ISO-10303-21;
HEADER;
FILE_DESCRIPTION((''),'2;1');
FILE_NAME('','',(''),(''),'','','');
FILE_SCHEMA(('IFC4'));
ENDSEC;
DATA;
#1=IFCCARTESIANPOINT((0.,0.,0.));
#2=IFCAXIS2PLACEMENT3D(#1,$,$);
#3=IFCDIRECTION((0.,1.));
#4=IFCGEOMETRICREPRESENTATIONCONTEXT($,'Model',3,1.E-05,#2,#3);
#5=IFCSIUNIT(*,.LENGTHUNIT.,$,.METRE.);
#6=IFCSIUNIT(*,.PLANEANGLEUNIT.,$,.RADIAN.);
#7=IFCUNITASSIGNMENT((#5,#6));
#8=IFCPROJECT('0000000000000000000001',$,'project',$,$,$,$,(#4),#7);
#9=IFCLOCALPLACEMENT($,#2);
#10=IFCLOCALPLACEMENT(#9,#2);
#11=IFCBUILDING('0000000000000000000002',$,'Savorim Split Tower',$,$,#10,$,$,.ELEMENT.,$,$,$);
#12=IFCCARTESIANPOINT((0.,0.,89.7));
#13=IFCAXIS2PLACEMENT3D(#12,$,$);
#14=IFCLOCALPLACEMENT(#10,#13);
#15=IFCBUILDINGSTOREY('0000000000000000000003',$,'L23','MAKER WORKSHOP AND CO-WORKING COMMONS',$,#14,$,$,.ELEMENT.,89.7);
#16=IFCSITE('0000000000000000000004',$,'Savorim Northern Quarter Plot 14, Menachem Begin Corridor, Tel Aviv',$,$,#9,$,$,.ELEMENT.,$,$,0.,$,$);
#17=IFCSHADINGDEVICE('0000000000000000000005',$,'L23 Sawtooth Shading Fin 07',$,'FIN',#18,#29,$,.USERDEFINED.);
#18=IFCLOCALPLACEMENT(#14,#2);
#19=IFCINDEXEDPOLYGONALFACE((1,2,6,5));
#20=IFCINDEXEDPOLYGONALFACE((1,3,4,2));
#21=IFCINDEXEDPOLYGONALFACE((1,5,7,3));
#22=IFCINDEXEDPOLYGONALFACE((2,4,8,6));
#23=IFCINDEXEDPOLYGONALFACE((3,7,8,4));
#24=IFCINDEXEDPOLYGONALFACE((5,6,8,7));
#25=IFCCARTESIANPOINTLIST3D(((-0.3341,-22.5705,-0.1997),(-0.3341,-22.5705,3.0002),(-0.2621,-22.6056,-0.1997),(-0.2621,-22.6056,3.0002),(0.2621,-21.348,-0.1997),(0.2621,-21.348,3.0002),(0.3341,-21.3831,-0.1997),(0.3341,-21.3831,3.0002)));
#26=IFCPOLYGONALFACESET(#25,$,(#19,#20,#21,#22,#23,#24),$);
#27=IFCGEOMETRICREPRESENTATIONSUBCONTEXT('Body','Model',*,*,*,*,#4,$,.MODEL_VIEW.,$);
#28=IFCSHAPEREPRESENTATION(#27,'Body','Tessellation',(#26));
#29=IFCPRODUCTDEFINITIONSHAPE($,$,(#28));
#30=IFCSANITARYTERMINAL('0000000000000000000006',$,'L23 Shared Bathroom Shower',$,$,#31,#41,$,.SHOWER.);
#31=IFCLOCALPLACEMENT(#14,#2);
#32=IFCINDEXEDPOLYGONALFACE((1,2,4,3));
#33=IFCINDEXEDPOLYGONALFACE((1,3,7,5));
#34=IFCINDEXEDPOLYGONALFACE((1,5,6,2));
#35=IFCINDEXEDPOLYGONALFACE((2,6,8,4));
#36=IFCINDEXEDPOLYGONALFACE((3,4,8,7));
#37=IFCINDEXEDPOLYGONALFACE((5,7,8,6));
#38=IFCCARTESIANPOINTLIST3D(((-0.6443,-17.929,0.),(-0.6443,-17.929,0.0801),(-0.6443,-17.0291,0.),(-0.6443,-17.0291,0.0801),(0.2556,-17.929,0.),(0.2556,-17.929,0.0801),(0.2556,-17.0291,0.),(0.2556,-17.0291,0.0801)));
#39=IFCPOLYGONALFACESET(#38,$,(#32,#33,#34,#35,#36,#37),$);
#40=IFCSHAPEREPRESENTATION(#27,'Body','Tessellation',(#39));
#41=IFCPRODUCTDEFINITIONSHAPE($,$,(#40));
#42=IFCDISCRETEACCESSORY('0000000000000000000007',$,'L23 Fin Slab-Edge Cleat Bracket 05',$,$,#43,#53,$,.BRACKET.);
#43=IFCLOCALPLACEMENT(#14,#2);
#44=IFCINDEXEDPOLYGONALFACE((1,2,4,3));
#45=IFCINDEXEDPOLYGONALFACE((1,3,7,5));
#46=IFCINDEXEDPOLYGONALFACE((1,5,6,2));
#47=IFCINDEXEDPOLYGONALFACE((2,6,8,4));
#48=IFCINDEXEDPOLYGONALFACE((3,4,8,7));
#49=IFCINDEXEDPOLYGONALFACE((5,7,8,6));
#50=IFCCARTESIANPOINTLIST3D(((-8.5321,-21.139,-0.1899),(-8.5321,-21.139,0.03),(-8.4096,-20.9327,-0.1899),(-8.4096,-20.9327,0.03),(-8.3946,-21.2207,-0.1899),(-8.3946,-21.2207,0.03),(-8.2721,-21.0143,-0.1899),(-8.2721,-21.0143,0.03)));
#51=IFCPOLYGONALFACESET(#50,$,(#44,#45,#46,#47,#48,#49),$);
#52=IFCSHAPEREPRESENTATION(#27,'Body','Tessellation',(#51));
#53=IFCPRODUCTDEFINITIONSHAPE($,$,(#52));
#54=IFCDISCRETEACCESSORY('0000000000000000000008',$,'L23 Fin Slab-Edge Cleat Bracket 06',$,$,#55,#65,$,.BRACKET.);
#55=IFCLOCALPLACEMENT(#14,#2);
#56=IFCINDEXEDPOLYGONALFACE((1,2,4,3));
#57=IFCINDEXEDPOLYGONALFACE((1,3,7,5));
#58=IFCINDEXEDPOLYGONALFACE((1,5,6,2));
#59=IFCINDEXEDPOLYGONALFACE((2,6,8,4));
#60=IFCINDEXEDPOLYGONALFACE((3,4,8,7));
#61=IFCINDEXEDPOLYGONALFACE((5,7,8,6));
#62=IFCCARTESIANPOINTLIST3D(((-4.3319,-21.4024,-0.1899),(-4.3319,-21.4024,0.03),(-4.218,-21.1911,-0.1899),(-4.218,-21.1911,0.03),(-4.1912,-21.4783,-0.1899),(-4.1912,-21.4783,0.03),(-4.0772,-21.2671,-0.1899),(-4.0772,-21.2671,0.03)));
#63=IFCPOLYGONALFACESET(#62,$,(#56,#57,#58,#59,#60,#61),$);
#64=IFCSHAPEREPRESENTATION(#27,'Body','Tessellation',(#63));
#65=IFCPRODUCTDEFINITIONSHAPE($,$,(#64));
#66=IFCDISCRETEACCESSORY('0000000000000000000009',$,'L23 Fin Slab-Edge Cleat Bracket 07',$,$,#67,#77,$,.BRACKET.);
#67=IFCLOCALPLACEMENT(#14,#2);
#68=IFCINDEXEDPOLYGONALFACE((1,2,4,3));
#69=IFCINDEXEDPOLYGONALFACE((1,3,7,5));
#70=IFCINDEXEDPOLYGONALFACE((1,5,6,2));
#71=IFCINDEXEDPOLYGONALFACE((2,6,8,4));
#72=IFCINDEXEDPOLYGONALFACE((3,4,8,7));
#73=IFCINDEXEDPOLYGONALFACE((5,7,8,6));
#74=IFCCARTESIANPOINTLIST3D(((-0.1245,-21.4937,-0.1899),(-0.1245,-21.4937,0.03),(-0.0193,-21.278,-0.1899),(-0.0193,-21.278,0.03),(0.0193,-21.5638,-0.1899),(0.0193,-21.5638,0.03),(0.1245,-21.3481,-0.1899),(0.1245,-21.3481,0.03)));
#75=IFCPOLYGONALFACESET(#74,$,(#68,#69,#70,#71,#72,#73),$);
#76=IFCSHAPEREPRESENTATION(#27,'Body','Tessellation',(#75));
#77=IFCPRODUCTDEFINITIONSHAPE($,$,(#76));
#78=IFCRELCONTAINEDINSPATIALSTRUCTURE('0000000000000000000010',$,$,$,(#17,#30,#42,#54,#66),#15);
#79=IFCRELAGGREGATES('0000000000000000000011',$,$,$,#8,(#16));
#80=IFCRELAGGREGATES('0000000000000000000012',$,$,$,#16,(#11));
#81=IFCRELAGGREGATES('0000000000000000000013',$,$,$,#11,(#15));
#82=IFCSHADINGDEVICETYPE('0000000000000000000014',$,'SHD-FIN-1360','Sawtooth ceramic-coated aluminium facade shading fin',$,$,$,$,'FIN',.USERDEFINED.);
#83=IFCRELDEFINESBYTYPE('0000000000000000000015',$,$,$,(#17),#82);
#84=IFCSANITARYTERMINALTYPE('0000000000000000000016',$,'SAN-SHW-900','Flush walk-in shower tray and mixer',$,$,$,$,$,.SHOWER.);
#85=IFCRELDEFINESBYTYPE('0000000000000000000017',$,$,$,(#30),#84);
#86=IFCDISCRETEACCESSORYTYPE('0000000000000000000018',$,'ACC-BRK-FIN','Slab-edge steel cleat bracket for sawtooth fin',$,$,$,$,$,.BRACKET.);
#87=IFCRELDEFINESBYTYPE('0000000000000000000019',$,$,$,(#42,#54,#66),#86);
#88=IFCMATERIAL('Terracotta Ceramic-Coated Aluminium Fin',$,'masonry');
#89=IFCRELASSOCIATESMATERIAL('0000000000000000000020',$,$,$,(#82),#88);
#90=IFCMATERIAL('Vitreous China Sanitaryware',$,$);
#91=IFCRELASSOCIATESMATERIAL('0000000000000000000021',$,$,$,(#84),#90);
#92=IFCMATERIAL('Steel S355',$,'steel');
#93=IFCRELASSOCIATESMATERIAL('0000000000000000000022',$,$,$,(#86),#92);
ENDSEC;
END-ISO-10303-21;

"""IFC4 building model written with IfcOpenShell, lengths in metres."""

from ifc_helpers import new_model, si_unit, direction, frame, origin, origin_2d, place, context, subcontext, project, spatial, rectangle, extrude, material, type_object, element, save


model = new_model("IFC4")

# Units and contexts
model_context = context("Model", 3, precision=1e-05, world=origin(), true_north=direction((0.0, 1.0)))
body_context = subcontext(model_context, "Body", "Model", "MODEL_VIEW")
ifc_project = project(units=[si_unit("LENGTHUNIT", "METRE"), si_unit("PLANEANGLEUNIT", "RADIAN")], contexts=[model_context])

# Site, building, storey
site_placement = place(None, origin())
site = spatial("IfcSite", under=ifc_project, at=site_placement, Name="Savorim Northern Quarter Plot 14, Menachem Begin Corridor, Tel Aviv", CompositionType="ELEMENT", RefElevation=0.0)
building_placement = place(site_placement, origin())
building = spatial("IfcBuilding", under=site, at=building_placement, Name="Savorim Split Tower", CompositionType="ELEMENT")
storey_placement = place(building_placement, frame((0.0, 0.0, 89.7)))
storey = spatial("IfcBuildingStorey", under=building, at=storey_placement, Name="L23", Description="MAKER WORKSHOP AND CO-WORKING COMMONS", CompositionType="ELEMENT", Elevation=89.7)

# Shared definitions
ifc_material_1 = material(Name="Steel S355", Category="steel")

# Shading device
ifc_material_2 = material(Name="Terracotta Ceramic-Coated Aluminium Fin", Category="masonry")
shading_device_type = type_object("IfcShadingDeviceType", Name="SHD-FIN-1360", Description="Sawtooth ceramic-coated aluminium facade shading fin", ElementType="FIN", PredefinedType="USERDEFINED", material=ifc_material_2)
for number, where, z_axis, x_axis, name in (
    (1, (0.0, -21.9768, -0.1997), (0.0, 0.0, 1.0), (-0.438371, -0.898794, 0.0), "L23 Sawtooth Shading Fin 07"),
):
    element("IfcShadingDevice", number, at=place(storey_placement, frame(where, z_axis=z_axis, x_axis=x_axis)), inside=storey, type_object=shading_device_type, Name=name, ObjectType="FIN", PredefinedType="USERDEFINED", context=body_context, shape_type="SweptSolid", body=[
        extrude(rectangle(XDim=1.3601, YDim=0.0801, at=origin_2d()), origin(), (0.0, 0.0, 1.0), 3.2),
    ])

# Sanitary terminal
ifc_material_3 = material(Name="Vitreous China Sanitaryware")
sanitary_terminal_type = type_object("IfcSanitaryTerminalType", Name="SAN-SHW-900", Description="Flush walk-in shower tray and mixer", PredefinedType="SHOWER", material=ifc_material_3)
sanitary_terminal_placement = place(storey_placement, frame((-0.1943, -17.479, 0.0), z_axis=(0.0, 0.0, 1.0), x_axis=(1.0, 0.0, 0.0)))
element("IfcSanitaryTerminal", 2, at=sanitary_terminal_placement, inside=storey, type_object=sanitary_terminal_type, Name="L23 Shared Bathroom Shower", PredefinedType="SHOWER", context=body_context, shape_type="SweptSolid", body=[
    extrude(rectangle(XDim=0.8999, YDim=0.8999, at=origin_2d()), origin(), (0.0, 0.0, 1.0), 0.0801),
])

# Discrete accessories
discrete_accessory_type = type_object("IfcDiscreteAccessoryType", Name="ACC-BRK-FIN", Description="Slab-edge steel cleat bracket for sawtooth fin", PredefinedType="BRACKET", material=ifc_material_1)
for number, where, z_axis, x_axis, name in (
    (3, (-8.4021, -21.0767, -0.1899), (0.0, 0.0, 1.0), (-0.510391, -0.859942, 0.0), "L23 Fin Slab-Edge Cleat Bracket 05"),
    (4, (-4.2046, -21.3347, -0.1899), (0.0, 0.0, 1.0), (-0.474778, -0.880106, 0.0), "L23 Fin Slab-Edge Cleat Bracket 06"),
    (5, (0.0, -21.4209, -0.1899), (0.0, 0.0, 1.0), (-0.438371, -0.898794, 0.0), "L23 Fin Slab-Edge Cleat Bracket 07"),
):
    element("IfcDiscreteAccessory", number, at=place(storey_placement, frame(where, z_axis=z_axis, x_axis=x_axis)), inside=storey, type_object=discrete_accessory_type, Name=name, PredefinedType="BRACKET", context=body_context, shape_type="SweptSolid", body=[
        extrude(rectangle(XDim=0.24, YDim=0.1599, at=origin_2d()), origin(), (0.0, 0.0, 1.0), 0.22),
    ])

save(model, "model.ifc")
